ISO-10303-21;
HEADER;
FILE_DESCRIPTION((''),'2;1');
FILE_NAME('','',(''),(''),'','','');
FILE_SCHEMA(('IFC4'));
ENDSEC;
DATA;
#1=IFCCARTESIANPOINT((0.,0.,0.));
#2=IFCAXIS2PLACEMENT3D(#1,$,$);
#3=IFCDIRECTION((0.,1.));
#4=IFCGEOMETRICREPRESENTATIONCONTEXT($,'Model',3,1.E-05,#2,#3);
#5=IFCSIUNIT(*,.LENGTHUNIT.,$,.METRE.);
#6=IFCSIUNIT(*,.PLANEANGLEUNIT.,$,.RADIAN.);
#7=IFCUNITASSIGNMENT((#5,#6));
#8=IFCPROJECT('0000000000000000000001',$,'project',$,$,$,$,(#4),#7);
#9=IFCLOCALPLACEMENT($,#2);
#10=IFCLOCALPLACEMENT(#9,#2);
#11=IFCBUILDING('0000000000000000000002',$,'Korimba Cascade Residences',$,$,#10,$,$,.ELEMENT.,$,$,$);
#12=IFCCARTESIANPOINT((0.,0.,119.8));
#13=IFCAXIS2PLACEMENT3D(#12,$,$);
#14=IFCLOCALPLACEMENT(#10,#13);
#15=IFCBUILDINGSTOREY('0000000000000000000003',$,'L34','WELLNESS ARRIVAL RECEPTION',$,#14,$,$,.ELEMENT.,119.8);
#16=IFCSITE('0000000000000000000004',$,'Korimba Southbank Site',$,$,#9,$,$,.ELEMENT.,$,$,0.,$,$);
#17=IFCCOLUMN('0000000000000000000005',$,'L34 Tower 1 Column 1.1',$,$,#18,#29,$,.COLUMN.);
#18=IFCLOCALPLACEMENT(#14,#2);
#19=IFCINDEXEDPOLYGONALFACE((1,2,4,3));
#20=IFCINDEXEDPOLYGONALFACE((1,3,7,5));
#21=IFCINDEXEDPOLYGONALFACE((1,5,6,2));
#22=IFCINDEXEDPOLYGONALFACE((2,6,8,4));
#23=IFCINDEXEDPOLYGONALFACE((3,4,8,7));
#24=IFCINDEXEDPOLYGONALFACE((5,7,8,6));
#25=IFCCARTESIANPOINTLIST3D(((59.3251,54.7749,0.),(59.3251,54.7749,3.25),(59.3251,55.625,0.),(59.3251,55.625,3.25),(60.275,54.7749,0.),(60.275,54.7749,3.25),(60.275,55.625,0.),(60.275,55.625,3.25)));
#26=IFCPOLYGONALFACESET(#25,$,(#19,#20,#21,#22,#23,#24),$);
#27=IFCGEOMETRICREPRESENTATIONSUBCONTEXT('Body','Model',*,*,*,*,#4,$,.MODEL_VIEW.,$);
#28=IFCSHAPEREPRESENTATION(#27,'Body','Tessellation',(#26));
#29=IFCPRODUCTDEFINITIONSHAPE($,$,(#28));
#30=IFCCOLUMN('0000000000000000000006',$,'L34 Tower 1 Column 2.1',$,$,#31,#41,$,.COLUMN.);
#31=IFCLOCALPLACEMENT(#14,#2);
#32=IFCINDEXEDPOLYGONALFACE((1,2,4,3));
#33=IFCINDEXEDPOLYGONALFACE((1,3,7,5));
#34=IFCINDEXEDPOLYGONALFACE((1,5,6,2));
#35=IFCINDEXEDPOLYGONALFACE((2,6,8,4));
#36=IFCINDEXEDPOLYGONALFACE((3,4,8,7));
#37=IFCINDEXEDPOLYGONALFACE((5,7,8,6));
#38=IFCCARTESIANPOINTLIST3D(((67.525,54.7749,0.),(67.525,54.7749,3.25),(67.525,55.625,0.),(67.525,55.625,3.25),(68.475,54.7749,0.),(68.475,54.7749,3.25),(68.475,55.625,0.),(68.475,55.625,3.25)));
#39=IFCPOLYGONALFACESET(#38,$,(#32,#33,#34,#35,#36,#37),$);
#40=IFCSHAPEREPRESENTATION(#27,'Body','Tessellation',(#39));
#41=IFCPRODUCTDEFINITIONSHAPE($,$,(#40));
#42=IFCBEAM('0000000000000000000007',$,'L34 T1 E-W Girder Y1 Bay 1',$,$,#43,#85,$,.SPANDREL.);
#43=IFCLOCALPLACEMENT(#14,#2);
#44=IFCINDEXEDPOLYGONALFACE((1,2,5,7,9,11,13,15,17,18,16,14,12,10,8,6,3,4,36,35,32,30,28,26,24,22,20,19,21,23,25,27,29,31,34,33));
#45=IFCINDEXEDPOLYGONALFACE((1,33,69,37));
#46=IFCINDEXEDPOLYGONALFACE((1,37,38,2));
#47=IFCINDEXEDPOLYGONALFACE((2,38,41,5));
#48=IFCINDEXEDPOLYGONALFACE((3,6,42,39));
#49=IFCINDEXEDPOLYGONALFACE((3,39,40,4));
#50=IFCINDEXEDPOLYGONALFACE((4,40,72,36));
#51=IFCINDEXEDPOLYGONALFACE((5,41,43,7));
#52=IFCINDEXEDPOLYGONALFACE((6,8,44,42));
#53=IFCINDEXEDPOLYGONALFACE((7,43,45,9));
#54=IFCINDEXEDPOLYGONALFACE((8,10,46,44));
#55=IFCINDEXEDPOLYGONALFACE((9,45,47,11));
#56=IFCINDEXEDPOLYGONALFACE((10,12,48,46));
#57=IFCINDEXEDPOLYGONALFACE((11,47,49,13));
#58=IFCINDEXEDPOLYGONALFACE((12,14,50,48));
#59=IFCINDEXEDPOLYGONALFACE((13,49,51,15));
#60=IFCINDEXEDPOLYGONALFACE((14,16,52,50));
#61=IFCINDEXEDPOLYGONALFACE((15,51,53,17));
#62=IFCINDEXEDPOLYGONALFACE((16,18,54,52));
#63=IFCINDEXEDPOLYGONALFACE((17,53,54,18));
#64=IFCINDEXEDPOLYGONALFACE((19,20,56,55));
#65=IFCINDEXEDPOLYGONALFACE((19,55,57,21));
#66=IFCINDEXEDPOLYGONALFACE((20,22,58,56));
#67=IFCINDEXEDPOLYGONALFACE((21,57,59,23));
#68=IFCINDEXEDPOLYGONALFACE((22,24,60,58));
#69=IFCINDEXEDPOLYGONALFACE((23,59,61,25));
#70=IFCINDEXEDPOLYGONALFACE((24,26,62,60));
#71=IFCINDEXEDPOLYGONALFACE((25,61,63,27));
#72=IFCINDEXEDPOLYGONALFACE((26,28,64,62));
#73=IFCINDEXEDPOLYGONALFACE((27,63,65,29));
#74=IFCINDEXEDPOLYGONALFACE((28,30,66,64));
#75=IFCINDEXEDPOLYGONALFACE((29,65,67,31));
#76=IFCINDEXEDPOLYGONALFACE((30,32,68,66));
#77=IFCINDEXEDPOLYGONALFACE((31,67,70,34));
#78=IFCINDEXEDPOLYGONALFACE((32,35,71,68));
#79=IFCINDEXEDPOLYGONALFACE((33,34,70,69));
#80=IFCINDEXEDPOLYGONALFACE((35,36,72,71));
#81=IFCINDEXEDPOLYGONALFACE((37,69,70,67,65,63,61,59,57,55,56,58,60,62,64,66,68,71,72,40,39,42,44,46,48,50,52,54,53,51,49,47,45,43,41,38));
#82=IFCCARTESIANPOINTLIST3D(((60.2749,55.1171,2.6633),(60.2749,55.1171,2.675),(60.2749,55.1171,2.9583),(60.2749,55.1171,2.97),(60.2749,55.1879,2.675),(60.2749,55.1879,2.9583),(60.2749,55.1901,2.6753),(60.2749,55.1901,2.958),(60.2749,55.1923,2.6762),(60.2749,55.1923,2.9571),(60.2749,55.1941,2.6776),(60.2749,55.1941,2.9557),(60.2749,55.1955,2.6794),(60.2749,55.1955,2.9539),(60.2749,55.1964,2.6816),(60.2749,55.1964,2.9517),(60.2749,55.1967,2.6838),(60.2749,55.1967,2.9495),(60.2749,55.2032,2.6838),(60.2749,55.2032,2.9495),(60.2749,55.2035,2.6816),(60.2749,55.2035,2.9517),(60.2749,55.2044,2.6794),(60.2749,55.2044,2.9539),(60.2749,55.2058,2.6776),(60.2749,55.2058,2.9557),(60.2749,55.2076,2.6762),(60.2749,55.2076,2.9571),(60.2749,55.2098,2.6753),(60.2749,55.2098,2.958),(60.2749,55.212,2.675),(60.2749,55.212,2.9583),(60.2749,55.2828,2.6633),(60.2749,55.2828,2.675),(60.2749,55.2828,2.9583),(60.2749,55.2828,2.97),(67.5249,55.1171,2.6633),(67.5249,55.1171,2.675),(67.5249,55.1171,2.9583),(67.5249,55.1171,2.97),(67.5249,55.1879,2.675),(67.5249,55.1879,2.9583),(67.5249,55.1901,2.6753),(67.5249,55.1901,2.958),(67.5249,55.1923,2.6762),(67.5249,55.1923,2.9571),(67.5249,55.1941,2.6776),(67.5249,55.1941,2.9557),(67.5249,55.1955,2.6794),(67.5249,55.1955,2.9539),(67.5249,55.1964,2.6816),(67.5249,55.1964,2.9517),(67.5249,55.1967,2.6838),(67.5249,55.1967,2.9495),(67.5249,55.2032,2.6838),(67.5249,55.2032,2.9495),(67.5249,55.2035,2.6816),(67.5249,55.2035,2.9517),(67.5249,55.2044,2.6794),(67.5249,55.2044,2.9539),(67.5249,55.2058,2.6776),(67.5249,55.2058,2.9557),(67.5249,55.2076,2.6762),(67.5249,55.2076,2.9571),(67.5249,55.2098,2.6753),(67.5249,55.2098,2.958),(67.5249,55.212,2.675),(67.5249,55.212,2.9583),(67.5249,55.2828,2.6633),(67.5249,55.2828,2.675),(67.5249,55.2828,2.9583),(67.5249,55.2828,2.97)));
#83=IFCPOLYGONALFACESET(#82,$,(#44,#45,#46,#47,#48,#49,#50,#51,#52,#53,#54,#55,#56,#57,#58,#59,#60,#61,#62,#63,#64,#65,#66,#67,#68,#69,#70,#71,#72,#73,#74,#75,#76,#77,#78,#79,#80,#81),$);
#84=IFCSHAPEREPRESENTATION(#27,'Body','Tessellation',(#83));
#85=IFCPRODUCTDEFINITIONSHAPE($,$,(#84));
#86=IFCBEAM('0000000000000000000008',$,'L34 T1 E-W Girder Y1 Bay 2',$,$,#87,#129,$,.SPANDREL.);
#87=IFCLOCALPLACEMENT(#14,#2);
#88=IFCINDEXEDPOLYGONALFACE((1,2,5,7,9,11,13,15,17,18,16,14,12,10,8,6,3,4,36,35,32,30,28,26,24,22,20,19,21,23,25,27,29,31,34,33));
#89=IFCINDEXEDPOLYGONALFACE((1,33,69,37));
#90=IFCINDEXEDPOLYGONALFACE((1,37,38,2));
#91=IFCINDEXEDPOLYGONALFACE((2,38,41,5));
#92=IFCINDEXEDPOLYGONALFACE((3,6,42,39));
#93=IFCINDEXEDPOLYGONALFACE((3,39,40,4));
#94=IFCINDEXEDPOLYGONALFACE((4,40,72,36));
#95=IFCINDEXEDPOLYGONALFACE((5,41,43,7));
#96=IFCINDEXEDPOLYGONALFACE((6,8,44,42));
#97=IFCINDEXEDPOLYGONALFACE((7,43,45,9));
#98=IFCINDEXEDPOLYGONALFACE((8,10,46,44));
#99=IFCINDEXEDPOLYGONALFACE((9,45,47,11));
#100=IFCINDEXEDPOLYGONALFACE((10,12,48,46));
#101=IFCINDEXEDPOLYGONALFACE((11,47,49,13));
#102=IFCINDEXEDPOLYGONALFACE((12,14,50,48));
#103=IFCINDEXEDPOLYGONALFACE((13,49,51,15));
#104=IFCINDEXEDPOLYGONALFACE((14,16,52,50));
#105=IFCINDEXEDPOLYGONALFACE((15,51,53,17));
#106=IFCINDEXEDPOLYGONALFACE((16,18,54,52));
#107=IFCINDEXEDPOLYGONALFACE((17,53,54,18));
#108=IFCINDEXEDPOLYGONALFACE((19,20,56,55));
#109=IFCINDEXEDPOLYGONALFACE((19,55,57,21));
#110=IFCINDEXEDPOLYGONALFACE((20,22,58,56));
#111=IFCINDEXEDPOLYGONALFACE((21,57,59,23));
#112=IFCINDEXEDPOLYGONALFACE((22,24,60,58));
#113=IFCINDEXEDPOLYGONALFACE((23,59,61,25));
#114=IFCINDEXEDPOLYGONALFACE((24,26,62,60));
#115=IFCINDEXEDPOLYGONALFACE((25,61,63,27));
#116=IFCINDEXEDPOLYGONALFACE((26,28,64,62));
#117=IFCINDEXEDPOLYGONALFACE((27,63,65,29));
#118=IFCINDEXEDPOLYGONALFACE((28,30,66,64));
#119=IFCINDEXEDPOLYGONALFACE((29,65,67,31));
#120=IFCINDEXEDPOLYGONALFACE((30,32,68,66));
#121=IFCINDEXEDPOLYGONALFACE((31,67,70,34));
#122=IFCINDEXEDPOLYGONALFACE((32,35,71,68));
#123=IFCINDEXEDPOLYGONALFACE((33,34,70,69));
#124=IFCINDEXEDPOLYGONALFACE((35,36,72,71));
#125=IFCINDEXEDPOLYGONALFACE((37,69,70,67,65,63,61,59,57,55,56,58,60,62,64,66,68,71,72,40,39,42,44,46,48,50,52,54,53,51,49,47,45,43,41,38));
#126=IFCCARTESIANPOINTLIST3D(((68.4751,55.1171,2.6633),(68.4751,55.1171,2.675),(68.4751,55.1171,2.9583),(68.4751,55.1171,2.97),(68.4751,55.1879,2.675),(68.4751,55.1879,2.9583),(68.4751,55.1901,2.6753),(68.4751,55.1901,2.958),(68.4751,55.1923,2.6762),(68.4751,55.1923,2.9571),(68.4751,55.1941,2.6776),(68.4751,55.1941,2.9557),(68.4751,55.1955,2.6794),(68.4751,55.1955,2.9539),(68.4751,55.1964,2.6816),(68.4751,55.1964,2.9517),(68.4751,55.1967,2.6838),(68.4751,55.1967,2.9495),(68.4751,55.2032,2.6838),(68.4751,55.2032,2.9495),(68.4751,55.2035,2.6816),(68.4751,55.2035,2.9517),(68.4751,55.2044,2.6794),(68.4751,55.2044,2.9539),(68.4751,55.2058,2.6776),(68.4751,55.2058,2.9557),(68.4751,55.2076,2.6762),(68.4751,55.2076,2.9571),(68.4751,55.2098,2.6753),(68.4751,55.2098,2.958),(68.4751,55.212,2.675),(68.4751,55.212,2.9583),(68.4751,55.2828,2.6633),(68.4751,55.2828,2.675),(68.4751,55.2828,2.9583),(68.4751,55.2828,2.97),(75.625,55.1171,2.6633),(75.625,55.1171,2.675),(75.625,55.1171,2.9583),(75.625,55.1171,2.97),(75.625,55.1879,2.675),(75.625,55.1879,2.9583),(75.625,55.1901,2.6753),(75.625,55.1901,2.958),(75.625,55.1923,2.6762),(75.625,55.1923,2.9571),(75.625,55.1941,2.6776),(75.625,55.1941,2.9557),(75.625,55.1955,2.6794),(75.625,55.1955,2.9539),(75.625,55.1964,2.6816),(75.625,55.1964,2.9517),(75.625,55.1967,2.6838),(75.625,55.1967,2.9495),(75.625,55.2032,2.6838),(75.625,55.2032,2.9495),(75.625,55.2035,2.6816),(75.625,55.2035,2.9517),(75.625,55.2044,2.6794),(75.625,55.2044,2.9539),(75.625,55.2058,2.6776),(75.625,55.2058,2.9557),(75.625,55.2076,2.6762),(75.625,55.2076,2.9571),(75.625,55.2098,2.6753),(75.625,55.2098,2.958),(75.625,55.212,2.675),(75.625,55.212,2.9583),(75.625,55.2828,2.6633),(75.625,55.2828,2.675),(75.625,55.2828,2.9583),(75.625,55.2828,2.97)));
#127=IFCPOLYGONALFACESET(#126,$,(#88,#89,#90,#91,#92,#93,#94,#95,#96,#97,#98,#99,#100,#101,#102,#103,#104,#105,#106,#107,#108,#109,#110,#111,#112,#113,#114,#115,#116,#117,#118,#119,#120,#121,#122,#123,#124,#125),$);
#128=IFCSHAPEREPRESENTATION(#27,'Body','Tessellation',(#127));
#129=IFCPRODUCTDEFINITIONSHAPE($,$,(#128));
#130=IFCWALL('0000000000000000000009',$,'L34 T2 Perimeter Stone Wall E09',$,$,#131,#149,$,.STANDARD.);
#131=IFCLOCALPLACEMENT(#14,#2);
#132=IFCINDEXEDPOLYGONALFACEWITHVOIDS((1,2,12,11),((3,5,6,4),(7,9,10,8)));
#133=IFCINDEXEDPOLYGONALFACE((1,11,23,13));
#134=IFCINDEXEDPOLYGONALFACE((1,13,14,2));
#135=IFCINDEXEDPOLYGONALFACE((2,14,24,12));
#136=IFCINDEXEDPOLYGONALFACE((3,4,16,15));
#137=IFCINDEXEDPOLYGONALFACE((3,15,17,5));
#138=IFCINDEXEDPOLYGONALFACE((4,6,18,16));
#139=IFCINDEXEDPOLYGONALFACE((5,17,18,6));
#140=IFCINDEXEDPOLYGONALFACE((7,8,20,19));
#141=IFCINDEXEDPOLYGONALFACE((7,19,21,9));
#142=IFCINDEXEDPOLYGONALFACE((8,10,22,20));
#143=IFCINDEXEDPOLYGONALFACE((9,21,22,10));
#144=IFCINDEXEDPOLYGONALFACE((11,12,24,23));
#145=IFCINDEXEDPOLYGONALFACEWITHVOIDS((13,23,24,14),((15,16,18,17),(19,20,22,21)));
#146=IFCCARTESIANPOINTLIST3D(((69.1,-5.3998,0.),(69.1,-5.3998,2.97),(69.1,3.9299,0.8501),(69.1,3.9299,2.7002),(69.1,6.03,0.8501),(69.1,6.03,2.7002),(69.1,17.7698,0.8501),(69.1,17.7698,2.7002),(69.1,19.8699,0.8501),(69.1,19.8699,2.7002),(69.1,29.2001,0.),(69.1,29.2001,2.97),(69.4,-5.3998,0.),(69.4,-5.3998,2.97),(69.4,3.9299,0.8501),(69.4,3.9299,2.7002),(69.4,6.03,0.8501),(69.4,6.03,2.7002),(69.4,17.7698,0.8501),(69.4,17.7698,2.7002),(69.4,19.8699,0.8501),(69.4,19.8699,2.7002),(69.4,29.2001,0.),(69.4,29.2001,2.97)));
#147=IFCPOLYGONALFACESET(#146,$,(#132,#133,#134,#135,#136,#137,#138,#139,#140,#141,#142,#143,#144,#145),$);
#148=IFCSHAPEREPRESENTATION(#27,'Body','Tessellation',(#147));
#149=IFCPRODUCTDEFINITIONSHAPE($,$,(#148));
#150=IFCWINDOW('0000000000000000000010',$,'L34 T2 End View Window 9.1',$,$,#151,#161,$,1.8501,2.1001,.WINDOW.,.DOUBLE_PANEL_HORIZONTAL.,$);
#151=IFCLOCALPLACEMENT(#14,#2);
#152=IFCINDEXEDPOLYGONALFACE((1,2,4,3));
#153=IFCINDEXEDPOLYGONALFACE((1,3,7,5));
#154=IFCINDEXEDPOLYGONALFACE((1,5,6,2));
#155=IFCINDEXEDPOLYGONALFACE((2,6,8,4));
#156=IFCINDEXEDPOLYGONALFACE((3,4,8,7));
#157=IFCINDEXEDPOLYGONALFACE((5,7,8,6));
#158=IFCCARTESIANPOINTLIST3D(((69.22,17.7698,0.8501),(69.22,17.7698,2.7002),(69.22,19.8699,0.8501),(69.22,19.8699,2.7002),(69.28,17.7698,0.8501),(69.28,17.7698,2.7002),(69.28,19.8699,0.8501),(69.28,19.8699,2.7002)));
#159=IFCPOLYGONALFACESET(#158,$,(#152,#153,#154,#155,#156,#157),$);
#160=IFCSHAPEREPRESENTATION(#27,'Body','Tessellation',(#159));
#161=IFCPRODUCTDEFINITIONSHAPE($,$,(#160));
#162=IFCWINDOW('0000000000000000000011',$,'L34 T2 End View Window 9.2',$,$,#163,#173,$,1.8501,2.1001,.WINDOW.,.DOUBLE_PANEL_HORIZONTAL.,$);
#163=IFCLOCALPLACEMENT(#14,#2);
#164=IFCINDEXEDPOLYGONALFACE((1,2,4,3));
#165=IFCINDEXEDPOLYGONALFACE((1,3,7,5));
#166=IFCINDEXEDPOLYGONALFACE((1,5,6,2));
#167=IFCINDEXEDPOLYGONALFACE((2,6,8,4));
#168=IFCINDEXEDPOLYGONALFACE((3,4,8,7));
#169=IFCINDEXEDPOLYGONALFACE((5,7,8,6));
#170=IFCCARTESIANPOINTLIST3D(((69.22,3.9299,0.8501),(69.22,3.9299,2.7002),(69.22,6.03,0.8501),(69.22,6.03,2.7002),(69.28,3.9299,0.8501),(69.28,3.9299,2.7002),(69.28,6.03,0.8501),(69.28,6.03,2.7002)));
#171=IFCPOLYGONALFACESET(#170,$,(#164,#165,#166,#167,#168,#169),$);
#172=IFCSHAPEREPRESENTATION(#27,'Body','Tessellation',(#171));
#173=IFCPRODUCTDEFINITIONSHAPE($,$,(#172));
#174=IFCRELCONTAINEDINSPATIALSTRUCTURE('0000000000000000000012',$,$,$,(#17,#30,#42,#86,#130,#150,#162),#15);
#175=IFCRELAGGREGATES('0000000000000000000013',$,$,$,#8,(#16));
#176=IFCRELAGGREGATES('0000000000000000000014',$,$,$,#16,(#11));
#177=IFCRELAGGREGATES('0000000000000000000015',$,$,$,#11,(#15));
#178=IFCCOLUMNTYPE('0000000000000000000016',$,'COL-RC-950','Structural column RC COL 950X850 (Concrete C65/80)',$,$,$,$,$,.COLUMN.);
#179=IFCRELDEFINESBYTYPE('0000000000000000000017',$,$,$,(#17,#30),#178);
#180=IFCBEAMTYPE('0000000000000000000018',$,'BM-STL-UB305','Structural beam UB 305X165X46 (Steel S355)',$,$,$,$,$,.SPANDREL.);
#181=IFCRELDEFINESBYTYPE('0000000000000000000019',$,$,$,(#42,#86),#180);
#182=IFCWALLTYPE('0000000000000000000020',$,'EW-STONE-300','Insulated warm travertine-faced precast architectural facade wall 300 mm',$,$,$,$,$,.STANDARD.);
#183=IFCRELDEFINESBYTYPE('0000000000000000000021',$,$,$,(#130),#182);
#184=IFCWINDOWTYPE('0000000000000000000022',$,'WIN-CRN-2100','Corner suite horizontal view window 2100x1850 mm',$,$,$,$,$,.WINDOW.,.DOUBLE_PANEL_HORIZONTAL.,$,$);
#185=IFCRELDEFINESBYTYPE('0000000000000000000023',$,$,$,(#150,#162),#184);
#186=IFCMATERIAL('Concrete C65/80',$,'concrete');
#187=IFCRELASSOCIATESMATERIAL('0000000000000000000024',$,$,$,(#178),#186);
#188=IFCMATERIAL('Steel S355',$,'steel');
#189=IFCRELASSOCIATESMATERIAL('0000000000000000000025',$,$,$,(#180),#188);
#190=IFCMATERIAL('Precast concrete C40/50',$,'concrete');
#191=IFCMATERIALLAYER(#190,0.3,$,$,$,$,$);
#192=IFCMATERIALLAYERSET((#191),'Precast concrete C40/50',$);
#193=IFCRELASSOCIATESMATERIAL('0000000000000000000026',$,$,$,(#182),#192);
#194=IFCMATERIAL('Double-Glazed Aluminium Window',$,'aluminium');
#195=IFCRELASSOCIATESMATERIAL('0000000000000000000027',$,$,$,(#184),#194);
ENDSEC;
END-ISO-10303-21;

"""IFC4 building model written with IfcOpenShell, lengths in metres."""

from ifc_helpers import new_model, si_unit, direction, frame, frame_2d, origin, origin_2d, place, context, subcontext, project, spatial, rectangle, i_section, extrude, material, layer, layer_set, material_profile, profile_set, type_object, element, fill, save


model = new_model("IFC4")

# Units and contexts
model_context = context("Model", 3, precision=1e-05, world=origin(), true_north=direction((0.0, 1.0)))
body_context = subcontext(model_context, "Body", "Model", "MODEL_VIEW")
ifc_project = project(units=[si_unit("LENGTHUNIT", "METRE"), si_unit("PLANEANGLEUNIT", "RADIAN")], contexts=[model_context])

# Site, building, storey
site_placement = place(None, origin())
site = spatial("IfcSite", under=ifc_project, at=site_placement, Name="Korimba Southbank Site", CompositionType="ELEMENT", RefElevation=0.0)
building_placement = place(site_placement, origin())
building = spatial("IfcBuilding", under=site, at=building_placement, Name="Korimba Cascade Residences", CompositionType="ELEMENT")
storey_placement = place(building_placement, frame((0.0, 0.0, 119.8)))
storey = spatial("IfcBuildingStorey", under=building, at=storey_placement, Name="L34", Description="WELLNESS ARRIVAL RECEPTION", CompositionType="ELEMENT", Elevation=119.8)

# Columns
ifc_material_1 = material(Name="Concrete C65/80", Category="concrete")
ifc_material_profile_1 = material_profile(ifc_material_1, rectangle(XDim=0.95, YDim=0.8501, at=origin_2d()), Name="Concrete C65/80")
ifc_profile_set_1 = profile_set([ifc_material_profile_1], Name="Concrete C65/80")
column_type = type_object("IfcColumnType", Name="COL-RC-950", Description="Structural column RC COL 950X850 (Concrete C65/80)", PredefinedType="COLUMN", material=ifc_profile_set_1)
for number, where, z_axis, x_axis, name in (
    (1, (59.8, 55.2, 0.0), (0.0, 0.0, 1.0), (1.0, 0.0, 0.0), "L34 Tower 1 Column 1.1"),
    (2, (68.0, 55.2, 0.0), (0.0, 0.0, 1.0), (1.0, 0.0, 0.0), "L34 Tower 1 Column 2.1"),
):
    element("IfcColumn", number, at=place(storey_placement, frame(where, z_axis=z_axis, x_axis=x_axis)), inside=storey, type_object=column_type, Name=name, PredefinedType="COLUMN", context=body_context, shape_type="SweptSolid", body=[
        extrude(rectangle(XDim=0.95, YDim=0.8501, at=origin_2d()), origin(), (0.0, 0.0, 1.0), 3.25),
    ])

# Beams
ifc_material_2 = material(Name="Steel S355", Category="steel")
ifc_material_profile_2 = material_profile(ifc_material_2, i_section(OverallWidth=0.1658, OverallDepth=0.3066, WebThickness=0.0066, FlangeThickness=0.0117, FilletRadius=0.0088, at=origin_2d()), Name="Steel S355")
ifc_profile_set_2 = profile_set([ifc_material_profile_2], Name="Steel S355")
beam_type = type_object("IfcBeamType", Name="BM-STL-UB305", Description="Structural beam UB 305X165X46 (Steel S355)", PredefinedType="SPANDREL", material=ifc_profile_set_2)
beam_1_placement = place(storey_placement, frame((60.2749, 55.2, 2.8167), z_axis=(1.0, 0.0, 0.0), x_axis=(0.0, 1.0, 0.0)))
element("IfcBeam", 3, at=beam_1_placement, inside=storey, type_object=beam_type, Name="L34 T1 E-W Girder Y1 Bay 1", PredefinedType="SPANDREL", context=body_context, shape_type="SweptSolid", body=[
    extrude(i_section(OverallWidth=0.1658, OverallDepth=0.3066, WebThickness=0.0066, FlangeThickness=0.0117, FilletRadius=0.0088, at=origin_2d()), origin(), (0.0, 0.0, 1.0), 7.25),
])
beam_2_placement = place(storey_placement, frame((68.4751, 55.2, 2.8167), z_axis=(1.0, 0.0, 0.0), x_axis=(0.0, 1.0, 0.0)))
element("IfcBeam", 4, at=beam_2_placement, inside=storey, type_object=beam_type, Name="L34 T1 E-W Girder Y1 Bay 2", PredefinedType="SPANDREL", context=body_context, shape_type="SweptSolid", body=[
    extrude(i_section(OverallWidth=0.1658, OverallDepth=0.3066, WebThickness=0.0066, FlangeThickness=0.0117, FilletRadius=0.0088, at=origin_2d()), origin(), (0.0, 0.0, 1.0), 7.1499),
])

# Wall, openings, windows
ifc_material_3 = material(Name="Precast concrete C40/50", Category="concrete")
ifc_layer_1 = layer(ifc_material_3, 0.3)
ifc_layer_set_1 = layer_set([ifc_layer_1], Name="Precast concrete C40/50")
wall_type_1 = type_object("IfcWallType", Name="EW-STONE-300", Description="Insulated warm travertine-faced precast architectural facade wall 300 mm", PredefinedType="STANDARD", material=ifc_layer_set_1)
wall_1_placement = place(storey_placement, frame((69.25, 29.2, 0.0), z_axis=(0.0, 0.0, 1.0), x_axis=(0.0, -1.0, 0.0)))
wall_1 = element("IfcWall", 5, at=wall_1_placement, inside=storey, type_object=wall_type_1, Name="L34 T2 Perimeter Stone Wall E09", PredefinedType="STANDARD", context=body_context, shape_type="SweptSolid", body=[
    extrude(rectangle(XDim=34.5999, YDim=0.3, at=frame_2d((17.2998, 0.0))), origin(), (0.0, 0.0, 1.0), 2.97),
])
opening_1_placement = place(wall_1_placement, frame((9.3301, 0.0, 0.8501)))
opening_1 = element("IfcOpeningElement", 6, at=opening_1_placement, cuts=wall_1, PredefinedType="OPENING", context=body_context, shape_type="SweptSolid", body=[
    extrude(rectangle(XDim=2.1001, YDim=1.8501, at=frame_2d((1.05, 0.925))), frame((0.0, 0.1602, 0.0), z_axis=(0.0, -1.0, 0.0), x_axis=(1.0, 0.0, 0.0)), (0.0, 0.0, 1.0), 0.3201),
])
opening_2_placement = place(wall_1_placement, frame((23.1699, 0.0, 0.8501)))
opening_2 = element("IfcOpeningElement", 7, at=opening_2_placement, cuts=wall_1, PredefinedType="OPENING", context=body_context, shape_type="SweptSolid", body=[
    extrude(rectangle(XDim=2.1001, YDim=1.8501, at=frame_2d((1.05, 0.925))), frame((0.0, 0.1602, 0.0), z_axis=(0.0, -1.0, 0.0), x_axis=(1.0, 0.0, 0.0)), (0.0, 0.0, 1.0), 0.3201),
])
ifc_material_4 = material(Name="Double-Glazed Aluminium Window", Category="aluminium")
window_type = type_object("IfcWindowType", Name="WIN-CRN-2100", Description="Corner suite horizontal view window 2100x1850 mm", PartitioningType="DOUBLE_PANEL_HORIZONTAL", PredefinedType="WINDOW", material=ifc_material_4)
window_1_placement = place(opening_1_placement, origin())
window_1 = element("IfcWindow", 8, at=window_1_placement, inside=storey, type_object=window_type, Name="L34 T2 End View Window 9.1", OverallHeight=1.8501, OverallWidth=2.1001, PartitioningType="DOUBLE_PANEL_HORIZONTAL", PredefinedType="WINDOW", context=body_context, shape_type="SweptSolid", body=[
    extrude(rectangle(XDim=2.1001, YDim=1.8501, at=frame_2d((1.05, 0.925))), frame((0.0, 0.03, 0.0), z_axis=(0.0, -1.0, 0.0), x_axis=(1.0, 0.0, 0.0)), (0.0, 0.0, 1.0), 0.0601),
])
fill(opening_1, window_1)
window_2_placement = place(opening_2_placement, origin())
window_2 = element("IfcWindow", 9, at=window_2_placement, inside=storey, type_object=window_type, Name="L34 T2 End View Window 9.2", OverallHeight=1.8501, OverallWidth=2.1001, PartitioningType="DOUBLE_PANEL_HORIZONTAL", PredefinedType="WINDOW", context=body_context, shape_type="SweptSolid", body=[
    extrude(rectangle(XDim=2.1001, YDim=1.8501, at=frame_2d((1.05, 0.925))), frame((0.0, 0.03, 0.0), z_axis=(0.0, -1.0, 0.0), x_axis=(1.0, 0.0, 0.0)), (0.0, 0.0, 1.0), 0.0601),
])
fill(opening_2, window_2)

save(model, "model.ifc")
